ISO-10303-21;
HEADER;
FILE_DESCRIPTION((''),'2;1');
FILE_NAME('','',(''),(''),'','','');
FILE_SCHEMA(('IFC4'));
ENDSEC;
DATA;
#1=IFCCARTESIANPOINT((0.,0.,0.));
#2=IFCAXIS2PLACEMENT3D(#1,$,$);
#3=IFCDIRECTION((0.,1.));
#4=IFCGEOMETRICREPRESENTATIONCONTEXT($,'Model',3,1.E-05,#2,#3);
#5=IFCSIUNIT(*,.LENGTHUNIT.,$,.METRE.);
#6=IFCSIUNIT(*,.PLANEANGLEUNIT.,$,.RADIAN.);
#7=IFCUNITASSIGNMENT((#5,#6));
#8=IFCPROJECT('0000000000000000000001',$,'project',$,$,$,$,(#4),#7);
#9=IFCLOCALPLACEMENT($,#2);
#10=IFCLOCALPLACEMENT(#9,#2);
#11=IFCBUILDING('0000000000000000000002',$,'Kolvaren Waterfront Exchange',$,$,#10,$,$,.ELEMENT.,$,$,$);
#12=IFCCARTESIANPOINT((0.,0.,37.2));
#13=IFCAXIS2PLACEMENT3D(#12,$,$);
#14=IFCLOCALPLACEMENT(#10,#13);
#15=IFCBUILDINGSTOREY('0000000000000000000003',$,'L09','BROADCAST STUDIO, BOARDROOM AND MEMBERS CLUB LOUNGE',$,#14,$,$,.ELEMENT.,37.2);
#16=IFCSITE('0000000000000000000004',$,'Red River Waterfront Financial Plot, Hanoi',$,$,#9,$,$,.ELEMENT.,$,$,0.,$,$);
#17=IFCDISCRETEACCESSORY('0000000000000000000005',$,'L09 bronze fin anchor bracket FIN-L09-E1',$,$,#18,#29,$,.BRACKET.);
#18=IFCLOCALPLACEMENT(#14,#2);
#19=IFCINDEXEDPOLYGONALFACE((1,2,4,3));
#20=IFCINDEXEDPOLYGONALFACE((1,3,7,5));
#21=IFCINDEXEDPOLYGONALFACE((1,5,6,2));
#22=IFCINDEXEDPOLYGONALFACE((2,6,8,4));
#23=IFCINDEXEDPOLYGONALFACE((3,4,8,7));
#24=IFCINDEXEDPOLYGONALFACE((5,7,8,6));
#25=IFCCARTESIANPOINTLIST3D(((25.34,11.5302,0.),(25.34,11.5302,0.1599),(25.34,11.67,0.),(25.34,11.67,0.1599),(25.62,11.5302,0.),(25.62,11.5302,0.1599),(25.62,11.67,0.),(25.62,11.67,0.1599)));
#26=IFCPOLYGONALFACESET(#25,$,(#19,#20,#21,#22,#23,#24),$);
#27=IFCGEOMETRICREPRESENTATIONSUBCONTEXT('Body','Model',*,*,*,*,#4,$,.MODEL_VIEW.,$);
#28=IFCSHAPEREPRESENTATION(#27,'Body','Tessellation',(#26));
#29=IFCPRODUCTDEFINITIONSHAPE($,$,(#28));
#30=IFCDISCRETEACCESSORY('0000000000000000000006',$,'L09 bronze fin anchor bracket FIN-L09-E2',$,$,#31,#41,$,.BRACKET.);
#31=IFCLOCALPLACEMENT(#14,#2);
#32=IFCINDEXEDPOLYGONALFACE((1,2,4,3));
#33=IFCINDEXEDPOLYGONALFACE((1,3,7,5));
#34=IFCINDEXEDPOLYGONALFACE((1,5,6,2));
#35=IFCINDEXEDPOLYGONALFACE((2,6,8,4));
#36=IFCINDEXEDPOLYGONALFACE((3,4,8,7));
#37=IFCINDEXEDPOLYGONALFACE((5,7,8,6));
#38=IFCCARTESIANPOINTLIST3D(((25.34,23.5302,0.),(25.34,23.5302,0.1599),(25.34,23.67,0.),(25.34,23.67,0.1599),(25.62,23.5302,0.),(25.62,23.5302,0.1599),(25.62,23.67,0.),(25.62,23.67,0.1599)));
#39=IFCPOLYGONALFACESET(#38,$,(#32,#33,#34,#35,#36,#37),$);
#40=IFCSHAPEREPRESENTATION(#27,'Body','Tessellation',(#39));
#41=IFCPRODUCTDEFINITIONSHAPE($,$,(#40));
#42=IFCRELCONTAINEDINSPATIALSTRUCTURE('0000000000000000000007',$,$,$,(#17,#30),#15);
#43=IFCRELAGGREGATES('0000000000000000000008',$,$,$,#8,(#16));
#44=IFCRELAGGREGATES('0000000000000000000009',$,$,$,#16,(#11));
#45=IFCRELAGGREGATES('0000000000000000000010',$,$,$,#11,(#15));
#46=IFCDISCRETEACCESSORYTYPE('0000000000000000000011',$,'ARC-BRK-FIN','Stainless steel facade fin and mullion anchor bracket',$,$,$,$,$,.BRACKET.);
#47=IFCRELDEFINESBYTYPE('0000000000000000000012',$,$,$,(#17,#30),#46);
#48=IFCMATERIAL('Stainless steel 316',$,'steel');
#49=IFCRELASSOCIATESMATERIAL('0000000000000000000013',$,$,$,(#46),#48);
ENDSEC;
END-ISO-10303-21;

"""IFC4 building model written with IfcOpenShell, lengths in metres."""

from ifc_helpers import new_model, si_unit, direction, frame, origin, origin_with_axes, origin_2d, place, context, subcontext, project, spatial, rectangle, extrude, source, transform, mapped, material, type_object, element, save


model = new_model("IFC4")

# Units and contexts
model_context = context("Model", 3, precision=1e-05, world=origin(), true_north=direction((0.0, 1.0)))
body_context = subcontext(model_context, "Body", "Model", "MODEL_VIEW")
ifc_project = project(units=[si_unit("LENGTHUNIT", "METRE"), si_unit("PLANEANGLEUNIT", "RADIAN")], contexts=[model_context])

# Site, building, storey
site_placement = place(None, origin())
site = spatial("IfcSite", under=ifc_project, at=site_placement, Name="Red River Waterfront Financial Plot, Hanoi", CompositionType="ELEMENT", RefElevation=0.0)
building_placement = place(site_placement, origin())
building = spatial("IfcBuilding", under=site, at=building_placement, Name="Kolvaren Waterfront Exchange", CompositionType="ELEMENT")
storey_placement = place(building_placement, frame((0.0, 0.0, 37.2)))
storey = spatial("IfcBuildingStorey", under=building, at=storey_placement, Name="L09", Description="BROADCAST STUDIO, BOARDROOM AND MEMBERS CLUB LOUNGE", CompositionType="ELEMENT", Elevation=37.2)

# Shared definitions
ifc_material_1 = material(Name="Stainless steel 316", Category="steel")

# Discrete accessories
discrete_accessory_type = type_object("IfcDiscreteAccessoryType", Name="ARC-BRK-FIN", Description="Stainless steel facade fin and mullion anchor bracket", PredefinedType="BRACKET", material=ifc_material_1)
shared_shape = source(origin_with_axes(), body_context, "Body", "SweptSolid", [
    extrude(rectangle(XDim=0.28, YDim=0.1399, at=origin_2d()), origin(), (0.0, 0.0, 1.0), 0.1599),
])
for number, where, z_axis, x_axis, name in (
    (1, (25.48, 11.6001, 0.0), (0.0, 0.0, 1.0), (1.0, 0.0, 0.0), "L09 bronze fin anchor bracket FIN-L09-E1"),
    (2, (25.48, 23.6001, 0.0), (0.0, 0.0, 1.0), (1.0, 0.0, 0.0), "L09 bronze fin anchor bracket FIN-L09-E2"),
):
    element("IfcDiscreteAccessory", number, at=place(storey_placement, frame(where, z_axis=z_axis, x_axis=x_axis)), inside=storey, type_object=discrete_accessory_type, Name=name, PredefinedType="BRACKET", context=body_context, shape_type="MappedRepresentation", body=[
        mapped(shared_shape, transform((0.0, 0.0, 0.0), x_axis=(1.0, 0.0, 0.0), y_axis=(0.0, 1.0, 0.0), z_axis=(0.0, 0.0, 1.0), scale=1.0)),
    ])

save(model, "model.ifc")
